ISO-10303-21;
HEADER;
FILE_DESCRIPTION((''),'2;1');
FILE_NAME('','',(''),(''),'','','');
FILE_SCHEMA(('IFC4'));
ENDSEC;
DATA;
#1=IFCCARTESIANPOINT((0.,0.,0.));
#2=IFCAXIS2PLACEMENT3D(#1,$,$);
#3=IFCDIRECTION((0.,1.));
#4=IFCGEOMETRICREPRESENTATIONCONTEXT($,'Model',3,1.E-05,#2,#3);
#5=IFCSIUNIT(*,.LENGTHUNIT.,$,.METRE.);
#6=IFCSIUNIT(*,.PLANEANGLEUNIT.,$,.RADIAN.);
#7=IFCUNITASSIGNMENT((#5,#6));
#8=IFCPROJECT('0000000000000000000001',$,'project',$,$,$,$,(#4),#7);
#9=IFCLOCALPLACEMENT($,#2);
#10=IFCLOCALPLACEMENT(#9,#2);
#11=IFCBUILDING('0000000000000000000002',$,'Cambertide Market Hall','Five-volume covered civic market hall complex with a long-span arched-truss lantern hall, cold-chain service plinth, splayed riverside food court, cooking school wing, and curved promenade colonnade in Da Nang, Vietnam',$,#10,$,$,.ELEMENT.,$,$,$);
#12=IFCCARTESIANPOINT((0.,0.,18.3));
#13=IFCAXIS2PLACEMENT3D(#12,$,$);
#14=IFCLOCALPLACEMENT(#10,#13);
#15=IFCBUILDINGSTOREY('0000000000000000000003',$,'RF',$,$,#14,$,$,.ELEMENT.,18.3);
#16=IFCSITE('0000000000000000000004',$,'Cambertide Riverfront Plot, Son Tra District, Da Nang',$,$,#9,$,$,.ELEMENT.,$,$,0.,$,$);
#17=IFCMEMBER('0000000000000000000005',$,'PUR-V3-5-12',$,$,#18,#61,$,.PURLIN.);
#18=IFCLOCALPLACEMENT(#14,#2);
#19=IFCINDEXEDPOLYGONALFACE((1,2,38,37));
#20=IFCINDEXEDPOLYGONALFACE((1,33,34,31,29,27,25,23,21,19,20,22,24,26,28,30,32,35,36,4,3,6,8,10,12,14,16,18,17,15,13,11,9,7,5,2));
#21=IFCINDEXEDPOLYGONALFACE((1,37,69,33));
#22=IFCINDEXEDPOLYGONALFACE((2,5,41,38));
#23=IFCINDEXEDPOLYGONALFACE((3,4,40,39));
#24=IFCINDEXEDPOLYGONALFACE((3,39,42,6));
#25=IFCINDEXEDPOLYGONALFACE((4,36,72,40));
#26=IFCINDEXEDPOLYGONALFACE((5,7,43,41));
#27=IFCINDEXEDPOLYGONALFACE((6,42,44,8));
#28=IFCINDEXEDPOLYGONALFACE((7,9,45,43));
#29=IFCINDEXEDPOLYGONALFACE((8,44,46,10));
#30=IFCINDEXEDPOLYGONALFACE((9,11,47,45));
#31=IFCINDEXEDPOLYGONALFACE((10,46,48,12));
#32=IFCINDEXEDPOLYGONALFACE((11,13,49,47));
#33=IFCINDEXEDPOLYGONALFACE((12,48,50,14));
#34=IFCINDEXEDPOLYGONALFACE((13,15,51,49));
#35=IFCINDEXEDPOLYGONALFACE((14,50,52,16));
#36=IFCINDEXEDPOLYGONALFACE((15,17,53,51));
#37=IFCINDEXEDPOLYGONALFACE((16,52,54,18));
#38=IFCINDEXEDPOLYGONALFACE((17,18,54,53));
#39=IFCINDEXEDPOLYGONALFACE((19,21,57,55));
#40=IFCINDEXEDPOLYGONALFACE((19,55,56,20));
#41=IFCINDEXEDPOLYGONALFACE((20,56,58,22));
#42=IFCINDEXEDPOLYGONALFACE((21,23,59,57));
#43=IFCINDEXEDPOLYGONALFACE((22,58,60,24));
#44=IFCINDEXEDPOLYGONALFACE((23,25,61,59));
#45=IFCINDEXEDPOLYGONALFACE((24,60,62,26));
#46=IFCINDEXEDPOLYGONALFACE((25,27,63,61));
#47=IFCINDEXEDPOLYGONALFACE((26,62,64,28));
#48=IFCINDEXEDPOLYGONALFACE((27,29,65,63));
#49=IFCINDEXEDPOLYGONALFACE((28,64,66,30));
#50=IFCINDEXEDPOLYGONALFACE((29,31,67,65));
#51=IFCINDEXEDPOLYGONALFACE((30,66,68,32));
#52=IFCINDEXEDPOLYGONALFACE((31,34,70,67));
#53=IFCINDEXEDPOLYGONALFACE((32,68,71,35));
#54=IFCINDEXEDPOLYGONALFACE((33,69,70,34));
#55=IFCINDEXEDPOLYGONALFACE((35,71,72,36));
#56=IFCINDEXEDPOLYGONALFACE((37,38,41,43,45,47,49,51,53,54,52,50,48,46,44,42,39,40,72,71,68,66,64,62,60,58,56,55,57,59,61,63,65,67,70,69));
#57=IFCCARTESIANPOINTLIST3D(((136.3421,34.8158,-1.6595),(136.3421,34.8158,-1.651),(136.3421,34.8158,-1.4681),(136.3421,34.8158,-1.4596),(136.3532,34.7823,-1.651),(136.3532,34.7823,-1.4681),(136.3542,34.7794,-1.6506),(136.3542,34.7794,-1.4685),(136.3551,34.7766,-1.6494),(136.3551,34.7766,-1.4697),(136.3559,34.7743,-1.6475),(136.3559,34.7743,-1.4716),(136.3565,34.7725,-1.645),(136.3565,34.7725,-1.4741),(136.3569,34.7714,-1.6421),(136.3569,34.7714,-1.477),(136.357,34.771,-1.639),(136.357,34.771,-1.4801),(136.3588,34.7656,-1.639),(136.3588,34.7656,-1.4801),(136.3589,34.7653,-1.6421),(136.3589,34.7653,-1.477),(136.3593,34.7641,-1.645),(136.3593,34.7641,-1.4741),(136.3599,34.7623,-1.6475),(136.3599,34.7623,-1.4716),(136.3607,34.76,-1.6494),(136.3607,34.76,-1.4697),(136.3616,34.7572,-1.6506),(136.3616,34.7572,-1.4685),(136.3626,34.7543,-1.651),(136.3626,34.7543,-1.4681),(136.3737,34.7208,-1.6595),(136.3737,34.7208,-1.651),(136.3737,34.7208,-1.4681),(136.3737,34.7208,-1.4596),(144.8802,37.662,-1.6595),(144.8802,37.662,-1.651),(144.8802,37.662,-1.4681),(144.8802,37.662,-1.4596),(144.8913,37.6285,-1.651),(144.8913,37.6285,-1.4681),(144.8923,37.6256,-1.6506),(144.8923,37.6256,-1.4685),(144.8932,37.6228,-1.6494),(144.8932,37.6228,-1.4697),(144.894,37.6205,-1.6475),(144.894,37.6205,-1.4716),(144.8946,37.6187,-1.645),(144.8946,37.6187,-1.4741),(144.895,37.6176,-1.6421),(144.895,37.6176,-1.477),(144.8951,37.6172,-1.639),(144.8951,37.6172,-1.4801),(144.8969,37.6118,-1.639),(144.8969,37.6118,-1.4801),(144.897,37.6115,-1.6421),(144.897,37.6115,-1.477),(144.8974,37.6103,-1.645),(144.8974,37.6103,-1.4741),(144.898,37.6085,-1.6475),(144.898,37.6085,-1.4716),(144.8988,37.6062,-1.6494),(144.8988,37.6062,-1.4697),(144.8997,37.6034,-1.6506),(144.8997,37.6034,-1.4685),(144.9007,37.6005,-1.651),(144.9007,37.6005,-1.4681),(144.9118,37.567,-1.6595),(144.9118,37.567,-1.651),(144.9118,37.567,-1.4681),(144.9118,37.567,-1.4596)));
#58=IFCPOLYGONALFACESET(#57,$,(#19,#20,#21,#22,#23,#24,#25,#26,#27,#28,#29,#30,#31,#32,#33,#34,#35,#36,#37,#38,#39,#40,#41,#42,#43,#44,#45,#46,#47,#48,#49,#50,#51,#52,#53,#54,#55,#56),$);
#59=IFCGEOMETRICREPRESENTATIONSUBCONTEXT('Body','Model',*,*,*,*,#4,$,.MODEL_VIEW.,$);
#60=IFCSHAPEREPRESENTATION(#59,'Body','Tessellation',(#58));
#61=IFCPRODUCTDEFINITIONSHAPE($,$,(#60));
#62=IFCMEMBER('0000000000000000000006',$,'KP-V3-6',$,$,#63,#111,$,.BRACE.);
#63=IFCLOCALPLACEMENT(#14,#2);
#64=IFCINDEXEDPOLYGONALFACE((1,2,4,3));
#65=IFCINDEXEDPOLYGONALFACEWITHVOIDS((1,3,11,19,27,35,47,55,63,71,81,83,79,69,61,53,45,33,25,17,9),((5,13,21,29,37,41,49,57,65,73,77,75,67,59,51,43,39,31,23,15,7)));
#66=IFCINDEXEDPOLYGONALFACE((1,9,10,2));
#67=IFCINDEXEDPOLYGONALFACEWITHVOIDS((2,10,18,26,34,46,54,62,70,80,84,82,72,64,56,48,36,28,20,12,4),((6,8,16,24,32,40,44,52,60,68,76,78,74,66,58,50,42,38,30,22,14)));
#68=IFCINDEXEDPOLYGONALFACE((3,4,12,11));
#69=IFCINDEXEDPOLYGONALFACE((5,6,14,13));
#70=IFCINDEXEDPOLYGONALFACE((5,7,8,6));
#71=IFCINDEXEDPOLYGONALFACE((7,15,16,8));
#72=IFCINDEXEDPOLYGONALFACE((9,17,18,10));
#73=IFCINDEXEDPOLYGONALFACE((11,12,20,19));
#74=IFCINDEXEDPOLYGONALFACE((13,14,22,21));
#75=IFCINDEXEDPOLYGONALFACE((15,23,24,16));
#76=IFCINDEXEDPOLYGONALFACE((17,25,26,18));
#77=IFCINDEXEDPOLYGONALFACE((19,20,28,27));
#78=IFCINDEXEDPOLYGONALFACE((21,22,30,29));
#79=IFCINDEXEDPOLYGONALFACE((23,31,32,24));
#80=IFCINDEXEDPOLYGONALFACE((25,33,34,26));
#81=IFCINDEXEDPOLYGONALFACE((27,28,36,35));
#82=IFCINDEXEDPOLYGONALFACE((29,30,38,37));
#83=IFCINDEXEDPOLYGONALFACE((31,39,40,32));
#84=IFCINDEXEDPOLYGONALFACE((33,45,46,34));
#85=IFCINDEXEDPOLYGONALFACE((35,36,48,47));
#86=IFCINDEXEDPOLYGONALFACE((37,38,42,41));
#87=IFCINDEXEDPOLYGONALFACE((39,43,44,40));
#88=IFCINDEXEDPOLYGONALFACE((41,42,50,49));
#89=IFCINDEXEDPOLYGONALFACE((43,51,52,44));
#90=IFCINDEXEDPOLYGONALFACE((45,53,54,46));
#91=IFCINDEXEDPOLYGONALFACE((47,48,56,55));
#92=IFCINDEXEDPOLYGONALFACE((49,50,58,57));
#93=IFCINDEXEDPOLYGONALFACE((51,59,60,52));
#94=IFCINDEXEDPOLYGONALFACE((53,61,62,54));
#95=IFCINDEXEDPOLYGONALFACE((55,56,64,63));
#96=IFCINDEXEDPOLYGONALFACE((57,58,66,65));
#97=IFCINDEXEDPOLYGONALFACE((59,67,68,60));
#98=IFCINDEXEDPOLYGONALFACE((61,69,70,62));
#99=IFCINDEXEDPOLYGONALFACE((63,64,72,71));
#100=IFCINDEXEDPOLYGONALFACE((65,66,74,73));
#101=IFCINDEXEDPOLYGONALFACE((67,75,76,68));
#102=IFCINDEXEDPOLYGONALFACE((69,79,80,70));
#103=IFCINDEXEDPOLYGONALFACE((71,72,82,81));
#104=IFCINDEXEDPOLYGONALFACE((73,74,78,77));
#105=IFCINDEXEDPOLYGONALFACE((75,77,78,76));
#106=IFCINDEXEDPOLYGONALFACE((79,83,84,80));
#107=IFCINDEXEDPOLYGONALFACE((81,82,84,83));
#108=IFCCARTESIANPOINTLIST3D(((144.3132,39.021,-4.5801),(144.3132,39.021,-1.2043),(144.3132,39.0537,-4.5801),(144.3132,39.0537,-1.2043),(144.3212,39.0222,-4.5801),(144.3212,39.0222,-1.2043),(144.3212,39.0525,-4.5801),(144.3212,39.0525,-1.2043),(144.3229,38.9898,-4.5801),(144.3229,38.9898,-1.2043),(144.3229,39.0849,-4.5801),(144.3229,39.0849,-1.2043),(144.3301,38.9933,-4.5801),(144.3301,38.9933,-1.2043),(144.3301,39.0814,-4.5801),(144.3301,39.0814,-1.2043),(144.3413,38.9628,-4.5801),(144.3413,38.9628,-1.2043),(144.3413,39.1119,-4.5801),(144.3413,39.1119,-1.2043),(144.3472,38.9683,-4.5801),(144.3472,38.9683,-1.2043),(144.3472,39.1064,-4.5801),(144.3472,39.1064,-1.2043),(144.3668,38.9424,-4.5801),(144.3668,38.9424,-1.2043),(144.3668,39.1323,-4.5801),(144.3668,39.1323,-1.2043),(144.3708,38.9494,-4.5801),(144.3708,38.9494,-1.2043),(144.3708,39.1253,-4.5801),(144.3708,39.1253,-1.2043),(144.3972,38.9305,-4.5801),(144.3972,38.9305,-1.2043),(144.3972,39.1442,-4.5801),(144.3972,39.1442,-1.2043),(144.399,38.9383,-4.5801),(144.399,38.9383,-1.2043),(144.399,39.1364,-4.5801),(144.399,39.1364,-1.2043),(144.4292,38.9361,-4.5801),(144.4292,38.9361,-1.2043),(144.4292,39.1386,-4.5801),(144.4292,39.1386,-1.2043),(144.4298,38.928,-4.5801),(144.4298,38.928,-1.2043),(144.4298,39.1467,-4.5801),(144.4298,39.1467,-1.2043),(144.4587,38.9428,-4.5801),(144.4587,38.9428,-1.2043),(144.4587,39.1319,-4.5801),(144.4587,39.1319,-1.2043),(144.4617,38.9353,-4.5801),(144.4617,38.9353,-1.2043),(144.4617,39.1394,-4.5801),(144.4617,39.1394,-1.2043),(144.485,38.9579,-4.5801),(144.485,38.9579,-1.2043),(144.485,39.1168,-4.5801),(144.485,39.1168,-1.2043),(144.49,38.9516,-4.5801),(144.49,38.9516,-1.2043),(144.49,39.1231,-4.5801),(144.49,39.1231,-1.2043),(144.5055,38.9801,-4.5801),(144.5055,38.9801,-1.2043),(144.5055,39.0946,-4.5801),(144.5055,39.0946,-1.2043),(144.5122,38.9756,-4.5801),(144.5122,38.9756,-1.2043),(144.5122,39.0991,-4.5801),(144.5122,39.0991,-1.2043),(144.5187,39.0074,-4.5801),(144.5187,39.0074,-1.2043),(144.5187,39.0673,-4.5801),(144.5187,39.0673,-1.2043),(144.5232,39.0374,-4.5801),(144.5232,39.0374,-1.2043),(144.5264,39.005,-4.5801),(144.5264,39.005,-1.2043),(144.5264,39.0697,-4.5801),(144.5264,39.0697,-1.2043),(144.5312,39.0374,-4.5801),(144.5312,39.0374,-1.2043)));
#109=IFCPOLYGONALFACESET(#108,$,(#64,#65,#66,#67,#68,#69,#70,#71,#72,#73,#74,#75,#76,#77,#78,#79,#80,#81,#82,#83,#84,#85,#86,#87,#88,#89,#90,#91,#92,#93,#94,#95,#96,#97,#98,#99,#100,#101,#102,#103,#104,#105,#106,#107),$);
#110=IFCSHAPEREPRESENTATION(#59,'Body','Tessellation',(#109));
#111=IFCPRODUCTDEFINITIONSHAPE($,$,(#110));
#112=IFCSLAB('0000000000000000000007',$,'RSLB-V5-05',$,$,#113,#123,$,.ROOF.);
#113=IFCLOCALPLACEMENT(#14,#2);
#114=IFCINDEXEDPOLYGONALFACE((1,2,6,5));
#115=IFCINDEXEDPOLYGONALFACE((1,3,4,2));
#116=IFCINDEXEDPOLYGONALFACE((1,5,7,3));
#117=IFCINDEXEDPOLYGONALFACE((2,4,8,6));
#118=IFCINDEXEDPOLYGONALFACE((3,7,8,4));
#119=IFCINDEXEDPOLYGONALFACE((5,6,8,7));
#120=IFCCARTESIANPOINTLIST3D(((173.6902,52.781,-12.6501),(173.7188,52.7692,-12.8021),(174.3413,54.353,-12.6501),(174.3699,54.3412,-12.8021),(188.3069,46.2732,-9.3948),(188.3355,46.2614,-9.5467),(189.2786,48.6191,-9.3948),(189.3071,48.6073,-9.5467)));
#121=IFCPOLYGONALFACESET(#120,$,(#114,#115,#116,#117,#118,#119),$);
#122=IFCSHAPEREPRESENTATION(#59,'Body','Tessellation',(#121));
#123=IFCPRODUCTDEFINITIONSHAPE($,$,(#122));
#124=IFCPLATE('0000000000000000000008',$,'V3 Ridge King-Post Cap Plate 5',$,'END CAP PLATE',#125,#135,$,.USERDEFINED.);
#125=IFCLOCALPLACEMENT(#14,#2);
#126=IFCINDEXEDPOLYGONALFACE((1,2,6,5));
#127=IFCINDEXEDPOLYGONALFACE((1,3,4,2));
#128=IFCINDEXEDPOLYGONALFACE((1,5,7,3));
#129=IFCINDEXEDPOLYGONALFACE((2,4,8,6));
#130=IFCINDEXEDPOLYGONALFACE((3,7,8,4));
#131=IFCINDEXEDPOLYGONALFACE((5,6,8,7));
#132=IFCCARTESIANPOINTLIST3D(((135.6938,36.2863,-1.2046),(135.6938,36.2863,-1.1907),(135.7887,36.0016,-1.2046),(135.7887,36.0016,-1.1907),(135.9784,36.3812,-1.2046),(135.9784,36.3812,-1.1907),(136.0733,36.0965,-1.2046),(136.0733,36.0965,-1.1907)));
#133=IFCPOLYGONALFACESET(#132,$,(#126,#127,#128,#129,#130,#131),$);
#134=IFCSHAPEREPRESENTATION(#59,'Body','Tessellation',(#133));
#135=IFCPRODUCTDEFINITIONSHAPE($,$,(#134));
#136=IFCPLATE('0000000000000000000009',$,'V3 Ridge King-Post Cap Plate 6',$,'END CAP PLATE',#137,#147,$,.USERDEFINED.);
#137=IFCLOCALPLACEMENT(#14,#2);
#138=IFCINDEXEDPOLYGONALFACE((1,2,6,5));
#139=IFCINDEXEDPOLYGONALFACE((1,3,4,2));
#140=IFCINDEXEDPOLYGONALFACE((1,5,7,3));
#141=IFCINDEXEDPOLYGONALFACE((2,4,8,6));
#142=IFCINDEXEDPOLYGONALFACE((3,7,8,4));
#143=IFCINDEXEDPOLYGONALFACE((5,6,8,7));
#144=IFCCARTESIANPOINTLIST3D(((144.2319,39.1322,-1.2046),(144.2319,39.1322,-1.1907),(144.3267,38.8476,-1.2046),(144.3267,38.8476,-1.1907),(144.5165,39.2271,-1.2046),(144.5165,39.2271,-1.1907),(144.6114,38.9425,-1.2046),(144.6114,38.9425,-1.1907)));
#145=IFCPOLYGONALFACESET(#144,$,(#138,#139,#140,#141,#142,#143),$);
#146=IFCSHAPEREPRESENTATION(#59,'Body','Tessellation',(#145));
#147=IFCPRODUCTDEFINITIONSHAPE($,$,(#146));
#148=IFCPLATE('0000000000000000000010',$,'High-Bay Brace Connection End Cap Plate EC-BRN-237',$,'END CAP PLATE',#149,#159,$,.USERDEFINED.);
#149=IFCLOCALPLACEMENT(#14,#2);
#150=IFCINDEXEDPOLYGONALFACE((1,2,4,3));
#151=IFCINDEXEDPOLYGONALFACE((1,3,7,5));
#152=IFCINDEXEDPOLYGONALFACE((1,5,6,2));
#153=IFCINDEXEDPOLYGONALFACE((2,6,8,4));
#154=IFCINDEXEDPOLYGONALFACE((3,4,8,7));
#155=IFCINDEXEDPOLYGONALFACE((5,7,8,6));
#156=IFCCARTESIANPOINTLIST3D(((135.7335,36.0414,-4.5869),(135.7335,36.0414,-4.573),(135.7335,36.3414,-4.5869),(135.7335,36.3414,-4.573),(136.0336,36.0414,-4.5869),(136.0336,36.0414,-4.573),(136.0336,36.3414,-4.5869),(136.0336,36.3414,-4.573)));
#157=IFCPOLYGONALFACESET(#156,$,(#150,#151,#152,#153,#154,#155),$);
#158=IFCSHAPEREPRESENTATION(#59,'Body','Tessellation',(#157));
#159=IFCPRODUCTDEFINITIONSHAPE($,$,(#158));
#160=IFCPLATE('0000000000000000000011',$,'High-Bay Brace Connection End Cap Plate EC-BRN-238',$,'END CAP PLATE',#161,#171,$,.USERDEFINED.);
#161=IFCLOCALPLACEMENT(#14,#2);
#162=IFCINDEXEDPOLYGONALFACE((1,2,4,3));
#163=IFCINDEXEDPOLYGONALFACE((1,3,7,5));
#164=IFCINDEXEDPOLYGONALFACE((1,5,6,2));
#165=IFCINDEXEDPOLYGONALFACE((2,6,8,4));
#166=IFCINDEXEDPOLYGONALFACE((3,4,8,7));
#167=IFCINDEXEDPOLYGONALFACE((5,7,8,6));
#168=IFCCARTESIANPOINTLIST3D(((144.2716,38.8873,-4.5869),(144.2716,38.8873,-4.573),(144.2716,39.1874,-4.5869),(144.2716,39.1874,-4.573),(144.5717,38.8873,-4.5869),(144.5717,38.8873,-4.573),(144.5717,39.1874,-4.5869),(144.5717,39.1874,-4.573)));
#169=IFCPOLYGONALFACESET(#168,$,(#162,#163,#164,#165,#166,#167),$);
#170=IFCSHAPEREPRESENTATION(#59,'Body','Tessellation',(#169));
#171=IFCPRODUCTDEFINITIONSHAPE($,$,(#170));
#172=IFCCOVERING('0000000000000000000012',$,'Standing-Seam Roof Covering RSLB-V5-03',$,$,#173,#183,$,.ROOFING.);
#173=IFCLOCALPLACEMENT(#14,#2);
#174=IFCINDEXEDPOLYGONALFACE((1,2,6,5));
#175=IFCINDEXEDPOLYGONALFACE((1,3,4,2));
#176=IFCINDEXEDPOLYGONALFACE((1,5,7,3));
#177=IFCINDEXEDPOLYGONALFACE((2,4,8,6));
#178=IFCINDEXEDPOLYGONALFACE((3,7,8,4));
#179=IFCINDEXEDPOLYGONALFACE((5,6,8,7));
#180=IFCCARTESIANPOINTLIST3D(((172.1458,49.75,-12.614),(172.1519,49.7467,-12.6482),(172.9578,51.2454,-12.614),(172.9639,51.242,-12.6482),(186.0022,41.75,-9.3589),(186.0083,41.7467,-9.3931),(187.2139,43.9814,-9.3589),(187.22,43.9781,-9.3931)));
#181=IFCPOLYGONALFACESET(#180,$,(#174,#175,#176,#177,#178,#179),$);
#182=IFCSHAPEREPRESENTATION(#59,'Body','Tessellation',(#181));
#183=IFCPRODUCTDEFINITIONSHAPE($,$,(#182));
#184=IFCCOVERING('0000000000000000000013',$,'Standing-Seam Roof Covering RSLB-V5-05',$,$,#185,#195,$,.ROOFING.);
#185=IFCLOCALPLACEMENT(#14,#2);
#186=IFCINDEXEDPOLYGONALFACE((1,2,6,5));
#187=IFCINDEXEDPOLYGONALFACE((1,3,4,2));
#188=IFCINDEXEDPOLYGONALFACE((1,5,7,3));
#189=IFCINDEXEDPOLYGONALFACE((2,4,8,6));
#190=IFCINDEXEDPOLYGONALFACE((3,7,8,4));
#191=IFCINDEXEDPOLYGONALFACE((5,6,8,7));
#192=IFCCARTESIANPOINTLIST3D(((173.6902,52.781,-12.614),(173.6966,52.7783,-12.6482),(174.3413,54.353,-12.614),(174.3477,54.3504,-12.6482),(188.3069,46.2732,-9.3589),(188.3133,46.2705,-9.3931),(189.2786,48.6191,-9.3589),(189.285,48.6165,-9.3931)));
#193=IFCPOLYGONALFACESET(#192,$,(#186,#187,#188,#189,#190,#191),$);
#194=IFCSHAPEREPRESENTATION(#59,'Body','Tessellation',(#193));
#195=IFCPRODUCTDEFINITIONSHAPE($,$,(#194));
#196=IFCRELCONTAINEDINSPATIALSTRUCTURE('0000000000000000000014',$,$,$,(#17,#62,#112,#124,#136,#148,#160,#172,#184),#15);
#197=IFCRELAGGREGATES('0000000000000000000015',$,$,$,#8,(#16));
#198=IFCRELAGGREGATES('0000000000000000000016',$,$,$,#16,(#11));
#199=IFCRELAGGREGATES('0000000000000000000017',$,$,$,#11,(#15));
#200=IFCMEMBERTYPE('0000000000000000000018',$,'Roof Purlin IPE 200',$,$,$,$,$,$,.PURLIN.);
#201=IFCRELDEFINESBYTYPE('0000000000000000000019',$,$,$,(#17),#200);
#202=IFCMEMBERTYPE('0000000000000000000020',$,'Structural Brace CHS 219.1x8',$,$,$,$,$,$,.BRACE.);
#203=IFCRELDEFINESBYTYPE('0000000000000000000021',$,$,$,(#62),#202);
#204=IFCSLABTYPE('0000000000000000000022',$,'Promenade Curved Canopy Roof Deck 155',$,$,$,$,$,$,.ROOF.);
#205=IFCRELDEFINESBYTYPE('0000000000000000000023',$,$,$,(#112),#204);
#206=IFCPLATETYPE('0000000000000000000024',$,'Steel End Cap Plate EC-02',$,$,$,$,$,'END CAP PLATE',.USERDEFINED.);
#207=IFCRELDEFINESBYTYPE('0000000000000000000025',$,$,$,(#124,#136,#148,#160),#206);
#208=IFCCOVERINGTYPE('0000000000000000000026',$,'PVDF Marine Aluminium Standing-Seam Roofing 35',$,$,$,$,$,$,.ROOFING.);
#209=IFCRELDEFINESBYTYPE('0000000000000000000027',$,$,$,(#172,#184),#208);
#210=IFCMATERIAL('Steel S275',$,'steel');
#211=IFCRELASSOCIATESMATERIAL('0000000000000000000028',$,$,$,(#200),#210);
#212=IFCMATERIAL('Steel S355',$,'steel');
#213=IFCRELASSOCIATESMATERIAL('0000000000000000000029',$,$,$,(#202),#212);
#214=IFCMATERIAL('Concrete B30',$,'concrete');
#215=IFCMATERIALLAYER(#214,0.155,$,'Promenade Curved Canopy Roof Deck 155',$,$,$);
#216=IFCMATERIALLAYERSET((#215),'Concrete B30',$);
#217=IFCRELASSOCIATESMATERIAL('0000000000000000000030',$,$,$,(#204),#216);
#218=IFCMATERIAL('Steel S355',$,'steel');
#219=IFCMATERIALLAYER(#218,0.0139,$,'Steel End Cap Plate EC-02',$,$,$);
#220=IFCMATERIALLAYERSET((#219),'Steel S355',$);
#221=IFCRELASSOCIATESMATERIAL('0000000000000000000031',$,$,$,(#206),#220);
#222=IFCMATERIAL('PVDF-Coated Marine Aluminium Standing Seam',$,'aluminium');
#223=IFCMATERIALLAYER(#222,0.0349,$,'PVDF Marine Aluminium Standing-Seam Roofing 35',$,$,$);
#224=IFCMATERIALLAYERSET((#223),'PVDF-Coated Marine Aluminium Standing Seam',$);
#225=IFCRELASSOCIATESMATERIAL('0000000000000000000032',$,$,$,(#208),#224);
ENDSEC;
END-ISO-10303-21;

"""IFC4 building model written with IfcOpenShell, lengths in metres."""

from ifc_helpers import new_model, si_unit, direction, frame, origin, origin_2d, place, context, subcontext, project, spatial, polyline, rectangle, hollow_circle, i_section, outline, extrude, material, layer, layer_set, material_profile, profile_set, type_object, element, save


model = new_model("IFC4")

# Units and contexts
model_context = context("Model", 3, precision=1e-05, world=origin(), true_north=direction((0.0, 1.0)))
body_context = subcontext(model_context, "Body", "Model", "MODEL_VIEW")
ifc_project = project(units=[si_unit("LENGTHUNIT", "METRE"), si_unit("PLANEANGLEUNIT", "RADIAN")], contexts=[model_context])

# Site, building, storey
site_placement = place(None, origin())
site = spatial("IfcSite", under=ifc_project, at=site_placement, Name="Cambertide Riverfront Plot, Son Tra District, Da Nang", CompositionType="ELEMENT", RefElevation=0.0)
building_placement = place(site_placement, origin())
building = spatial("IfcBuilding", under=site, at=building_placement, Name="Cambertide Market Hall", Description="Five-volume covered civic market hall complex with a long-span arched-truss lantern hall, cold-chain service plinth, splayed riverside food court, cooking school wing, and curved promenade colonnade in Da Nang, Vietnam", CompositionType="ELEMENT")
storey_placement = place(building_placement, frame((0.0, 0.0, 18.3)))
storey = spatial("IfcBuildingStorey", under=building, at=storey_placement, Name="RF", CompositionType="ELEMENT", Elevation=18.3)

# Members
ifc_material_1 = material(Name="Steel S275", Category="steel")
ifc_material_profile_1 = material_profile(ifc_material_1, i_section(OverallWidth=0.1001, OverallDepth=0.2, WebThickness=0.0056, FlangeThickness=0.0085, FilletRadius=0.012, at=origin_2d()), Name="IPE 200")
ifc_profile_set_1 = profile_set([ifc_material_profile_1], Name="Steel S275")
member_type_1 = type_object("IfcMemberType", Name="Roof Purlin IPE 200", PredefinedType="PURLIN", material=ifc_profile_set_1)
for number, where, z_axis, x_axis, name in (
    (1, (136.3579, 34.7683, -1.5596), (0.948678, 0.316244, 0.0), (-0.316244, 0.948678, 0.0), "PUR-V3-5-12"),
):
    element("IfcMember", number, at=place(storey_placement, frame(where, z_axis=z_axis, x_axis=x_axis)), inside=storey, type_object=member_type_1, Name=name, PredefinedType="PURLIN", context=body_context, shape_type="SweptSolid", body=[
        extrude(i_section(OverallWidth=0.1001, OverallDepth=0.2, WebThickness=0.0056, FlangeThickness=0.0085, FilletRadius=0.012, at=origin_2d()), origin(), (0.0, 0.0, 1.0), 9.0),
    ])
ifc_material_2 = material(Name="Steel S355", Category="steel")
ifc_material_profile_2 = material_profile(ifc_material_2, hollow_circle(Radius=0.1096, WallThickness=0.0081, at=origin_2d()), Name="CHS 219.1x8")
ifc_profile_set_2 = profile_set([ifc_material_profile_2], Name="Steel S355")
member_type_2 = type_object("IfcMemberType", Name="Structural Brace CHS 219.1x8", PredefinedType="BRACE", material=ifc_profile_set_2)
member_1_placement = place(storey_placement, frame((144.4216, 39.0374, -4.5801), z_axis=(0.0, 0.0, 1.0), x_axis=(1.0, 0.0, 0.0)))
element("IfcMember", 2, at=member_1_placement, inside=storey, type_object=member_type_2, Name="KP-V3-6", PredefinedType="BRACE", context=body_context, shape_type="SweptSolid", body=[
    extrude(hollow_circle(Radius=0.1096, WallThickness=0.0081, at=origin_2d()), origin(), (0.0, 0.0, 1.0), 3.3757),
])

# Slab
ifc_material_3 = material(Name="Concrete B30", Category="concrete")
ifc_layer_1 = layer(ifc_material_3, 0.155, Name="Promenade Curved Canopy Roof Deck 155")
ifc_layer_set_1 = layer_set([ifc_layer_1], Name="Concrete B30")
slab_type = type_object("IfcSlabType", Name="Promenade Curved Canopy Roof Deck 155", PredefinedType="ROOF", material=ifc_layer_set_1)
slab_1_placement = place(storey_placement, frame((173.6902, 52.781, -12.6501), z_axis=(-0.184261, 0.07632, 0.97991), x_axis=(0.382669, 0.923886, 0.0)))
element("IfcSlab", 3, at=slab_1_placement, inside=storey, type_object=slab_type, Name="RSLB-V5-05", PredefinedType="ROOF", context=body_context, shape_type="SweptSolid", body=[
    extrude(outline(polyline([(0.0, 0.0), (1.7015, 0.0), (2.1201, -16.3224), (-0.4191, -16.3224), (0.0, 0.0)])), origin(), (0.0, 0.0, -1.0), 0.155),
])

# Plates
ifc_material_4 = material(Name="Steel S355", Category="steel")
ifc_layer_2 = layer(ifc_material_4, 0.0139, Name="Steel End Cap Plate EC-02")
ifc_layer_set_2 = layer_set([ifc_layer_2], Name="Steel S355")
plate_type = type_object("IfcPlateType", Name="Steel End Cap Plate EC-02", ElementType="END CAP PLATE", PredefinedType="USERDEFINED", material=ifc_layer_set_2)
for number, where, z_axis, x_axis, name in (
    (4, (135.8835, 36.1914, -1.2046), (0.0, 0.0, 1.0), (0.948683, 0.316228, 0.0), "V3 Ridge King-Post Cap Plate 5"),
    (5, (144.4216, 39.0374, -1.2046), (0.0, 0.0, 1.0), (0.948683, 0.316228, 0.0), "V3 Ridge King-Post Cap Plate 6"),
    (6, (135.8835, 36.1914, -4.5869), (0.0, 0.0, 1.0), (1.0, 0.0, 0.0), "High-Bay Brace Connection End Cap Plate EC-BRN-237"),
    (7, (144.4216, 39.0374, -4.5869), (0.0, 0.0, 1.0), (1.0, 0.0, 0.0), "High-Bay Brace Connection End Cap Plate EC-BRN-238"),
):
    element("IfcPlate", number, at=place(storey_placement, frame(where, z_axis=z_axis, x_axis=x_axis)), inside=storey, type_object=plate_type, Name=name, ObjectType="END CAP PLATE", PredefinedType="USERDEFINED", context=body_context, shape_type="SweptSolid", body=[
        extrude(rectangle(XDim=0.3, YDim=0.3, at=origin_2d()), origin(), (0.0, 0.0, 1.0), 0.0139),
    ])

# Coverings
ifc_material_5 = material(Name="PVDF-Coated Marine Aluminium Standing Seam", Category="aluminium")
ifc_layer_3 = layer(ifc_material_5, 0.0349, Name="PVDF Marine Aluminium Standing-Seam Roofing 35")
ifc_layer_set_3 = layer_set([ifc_layer_3], Name="PVDF-Coated Marine Aluminium Standing Seam")
covering_type = type_object("IfcCoveringType", Name="PVDF Marine Aluminium Standing-Seam Roofing 35", PredefinedType="ROOFING", material=ifc_layer_set_3)
covering_1_placement = place(storey_placement, frame((172.1458, 49.75, -12.614), z_axis=(-0.175256, 0.095165, 0.979913), x_axis=(0.477202, 0.878793, 0.000002)))
element("IfcCovering", 8, at=covering_1_placement, inside=storey, type_object=covering_type, Name="Standing-Seam Roof Covering RSLB-V5-03", PredefinedType="ROOFING", context=body_context, shape_type="SweptSolid", body=[
    extrude(outline(polyline([(0.0, 0.0), (1.7016, 0.0), (2.1212, -16.3224), (-0.418, -16.3224), (0.0, 0.0)])), origin(), (0.0, 0.0, -1.0), 0.0349),
])
covering_2_placement = place(storey_placement, frame((173.6902, 52.781, -12.614), z_axis=(-0.184248, 0.076315, 0.979913), x_axis=(0.382669, 0.923886, 0.0)))
element("IfcCovering", 9, at=covering_2_placement, inside=storey, type_object=covering_type, Name="Standing-Seam Roof Covering RSLB-V5-05", PredefinedType="ROOFING", context=body_context, shape_type="SweptSolid", body=[
    extrude(outline(polyline([(0.0, 0.0), (1.7015, 0.0), (2.1201, -16.3224), (-0.4191, -16.3224), (0.0, 0.0)])), origin(), (0.0, 0.0, -1.0), 0.0349),
])

save(model, "model.ifc")
